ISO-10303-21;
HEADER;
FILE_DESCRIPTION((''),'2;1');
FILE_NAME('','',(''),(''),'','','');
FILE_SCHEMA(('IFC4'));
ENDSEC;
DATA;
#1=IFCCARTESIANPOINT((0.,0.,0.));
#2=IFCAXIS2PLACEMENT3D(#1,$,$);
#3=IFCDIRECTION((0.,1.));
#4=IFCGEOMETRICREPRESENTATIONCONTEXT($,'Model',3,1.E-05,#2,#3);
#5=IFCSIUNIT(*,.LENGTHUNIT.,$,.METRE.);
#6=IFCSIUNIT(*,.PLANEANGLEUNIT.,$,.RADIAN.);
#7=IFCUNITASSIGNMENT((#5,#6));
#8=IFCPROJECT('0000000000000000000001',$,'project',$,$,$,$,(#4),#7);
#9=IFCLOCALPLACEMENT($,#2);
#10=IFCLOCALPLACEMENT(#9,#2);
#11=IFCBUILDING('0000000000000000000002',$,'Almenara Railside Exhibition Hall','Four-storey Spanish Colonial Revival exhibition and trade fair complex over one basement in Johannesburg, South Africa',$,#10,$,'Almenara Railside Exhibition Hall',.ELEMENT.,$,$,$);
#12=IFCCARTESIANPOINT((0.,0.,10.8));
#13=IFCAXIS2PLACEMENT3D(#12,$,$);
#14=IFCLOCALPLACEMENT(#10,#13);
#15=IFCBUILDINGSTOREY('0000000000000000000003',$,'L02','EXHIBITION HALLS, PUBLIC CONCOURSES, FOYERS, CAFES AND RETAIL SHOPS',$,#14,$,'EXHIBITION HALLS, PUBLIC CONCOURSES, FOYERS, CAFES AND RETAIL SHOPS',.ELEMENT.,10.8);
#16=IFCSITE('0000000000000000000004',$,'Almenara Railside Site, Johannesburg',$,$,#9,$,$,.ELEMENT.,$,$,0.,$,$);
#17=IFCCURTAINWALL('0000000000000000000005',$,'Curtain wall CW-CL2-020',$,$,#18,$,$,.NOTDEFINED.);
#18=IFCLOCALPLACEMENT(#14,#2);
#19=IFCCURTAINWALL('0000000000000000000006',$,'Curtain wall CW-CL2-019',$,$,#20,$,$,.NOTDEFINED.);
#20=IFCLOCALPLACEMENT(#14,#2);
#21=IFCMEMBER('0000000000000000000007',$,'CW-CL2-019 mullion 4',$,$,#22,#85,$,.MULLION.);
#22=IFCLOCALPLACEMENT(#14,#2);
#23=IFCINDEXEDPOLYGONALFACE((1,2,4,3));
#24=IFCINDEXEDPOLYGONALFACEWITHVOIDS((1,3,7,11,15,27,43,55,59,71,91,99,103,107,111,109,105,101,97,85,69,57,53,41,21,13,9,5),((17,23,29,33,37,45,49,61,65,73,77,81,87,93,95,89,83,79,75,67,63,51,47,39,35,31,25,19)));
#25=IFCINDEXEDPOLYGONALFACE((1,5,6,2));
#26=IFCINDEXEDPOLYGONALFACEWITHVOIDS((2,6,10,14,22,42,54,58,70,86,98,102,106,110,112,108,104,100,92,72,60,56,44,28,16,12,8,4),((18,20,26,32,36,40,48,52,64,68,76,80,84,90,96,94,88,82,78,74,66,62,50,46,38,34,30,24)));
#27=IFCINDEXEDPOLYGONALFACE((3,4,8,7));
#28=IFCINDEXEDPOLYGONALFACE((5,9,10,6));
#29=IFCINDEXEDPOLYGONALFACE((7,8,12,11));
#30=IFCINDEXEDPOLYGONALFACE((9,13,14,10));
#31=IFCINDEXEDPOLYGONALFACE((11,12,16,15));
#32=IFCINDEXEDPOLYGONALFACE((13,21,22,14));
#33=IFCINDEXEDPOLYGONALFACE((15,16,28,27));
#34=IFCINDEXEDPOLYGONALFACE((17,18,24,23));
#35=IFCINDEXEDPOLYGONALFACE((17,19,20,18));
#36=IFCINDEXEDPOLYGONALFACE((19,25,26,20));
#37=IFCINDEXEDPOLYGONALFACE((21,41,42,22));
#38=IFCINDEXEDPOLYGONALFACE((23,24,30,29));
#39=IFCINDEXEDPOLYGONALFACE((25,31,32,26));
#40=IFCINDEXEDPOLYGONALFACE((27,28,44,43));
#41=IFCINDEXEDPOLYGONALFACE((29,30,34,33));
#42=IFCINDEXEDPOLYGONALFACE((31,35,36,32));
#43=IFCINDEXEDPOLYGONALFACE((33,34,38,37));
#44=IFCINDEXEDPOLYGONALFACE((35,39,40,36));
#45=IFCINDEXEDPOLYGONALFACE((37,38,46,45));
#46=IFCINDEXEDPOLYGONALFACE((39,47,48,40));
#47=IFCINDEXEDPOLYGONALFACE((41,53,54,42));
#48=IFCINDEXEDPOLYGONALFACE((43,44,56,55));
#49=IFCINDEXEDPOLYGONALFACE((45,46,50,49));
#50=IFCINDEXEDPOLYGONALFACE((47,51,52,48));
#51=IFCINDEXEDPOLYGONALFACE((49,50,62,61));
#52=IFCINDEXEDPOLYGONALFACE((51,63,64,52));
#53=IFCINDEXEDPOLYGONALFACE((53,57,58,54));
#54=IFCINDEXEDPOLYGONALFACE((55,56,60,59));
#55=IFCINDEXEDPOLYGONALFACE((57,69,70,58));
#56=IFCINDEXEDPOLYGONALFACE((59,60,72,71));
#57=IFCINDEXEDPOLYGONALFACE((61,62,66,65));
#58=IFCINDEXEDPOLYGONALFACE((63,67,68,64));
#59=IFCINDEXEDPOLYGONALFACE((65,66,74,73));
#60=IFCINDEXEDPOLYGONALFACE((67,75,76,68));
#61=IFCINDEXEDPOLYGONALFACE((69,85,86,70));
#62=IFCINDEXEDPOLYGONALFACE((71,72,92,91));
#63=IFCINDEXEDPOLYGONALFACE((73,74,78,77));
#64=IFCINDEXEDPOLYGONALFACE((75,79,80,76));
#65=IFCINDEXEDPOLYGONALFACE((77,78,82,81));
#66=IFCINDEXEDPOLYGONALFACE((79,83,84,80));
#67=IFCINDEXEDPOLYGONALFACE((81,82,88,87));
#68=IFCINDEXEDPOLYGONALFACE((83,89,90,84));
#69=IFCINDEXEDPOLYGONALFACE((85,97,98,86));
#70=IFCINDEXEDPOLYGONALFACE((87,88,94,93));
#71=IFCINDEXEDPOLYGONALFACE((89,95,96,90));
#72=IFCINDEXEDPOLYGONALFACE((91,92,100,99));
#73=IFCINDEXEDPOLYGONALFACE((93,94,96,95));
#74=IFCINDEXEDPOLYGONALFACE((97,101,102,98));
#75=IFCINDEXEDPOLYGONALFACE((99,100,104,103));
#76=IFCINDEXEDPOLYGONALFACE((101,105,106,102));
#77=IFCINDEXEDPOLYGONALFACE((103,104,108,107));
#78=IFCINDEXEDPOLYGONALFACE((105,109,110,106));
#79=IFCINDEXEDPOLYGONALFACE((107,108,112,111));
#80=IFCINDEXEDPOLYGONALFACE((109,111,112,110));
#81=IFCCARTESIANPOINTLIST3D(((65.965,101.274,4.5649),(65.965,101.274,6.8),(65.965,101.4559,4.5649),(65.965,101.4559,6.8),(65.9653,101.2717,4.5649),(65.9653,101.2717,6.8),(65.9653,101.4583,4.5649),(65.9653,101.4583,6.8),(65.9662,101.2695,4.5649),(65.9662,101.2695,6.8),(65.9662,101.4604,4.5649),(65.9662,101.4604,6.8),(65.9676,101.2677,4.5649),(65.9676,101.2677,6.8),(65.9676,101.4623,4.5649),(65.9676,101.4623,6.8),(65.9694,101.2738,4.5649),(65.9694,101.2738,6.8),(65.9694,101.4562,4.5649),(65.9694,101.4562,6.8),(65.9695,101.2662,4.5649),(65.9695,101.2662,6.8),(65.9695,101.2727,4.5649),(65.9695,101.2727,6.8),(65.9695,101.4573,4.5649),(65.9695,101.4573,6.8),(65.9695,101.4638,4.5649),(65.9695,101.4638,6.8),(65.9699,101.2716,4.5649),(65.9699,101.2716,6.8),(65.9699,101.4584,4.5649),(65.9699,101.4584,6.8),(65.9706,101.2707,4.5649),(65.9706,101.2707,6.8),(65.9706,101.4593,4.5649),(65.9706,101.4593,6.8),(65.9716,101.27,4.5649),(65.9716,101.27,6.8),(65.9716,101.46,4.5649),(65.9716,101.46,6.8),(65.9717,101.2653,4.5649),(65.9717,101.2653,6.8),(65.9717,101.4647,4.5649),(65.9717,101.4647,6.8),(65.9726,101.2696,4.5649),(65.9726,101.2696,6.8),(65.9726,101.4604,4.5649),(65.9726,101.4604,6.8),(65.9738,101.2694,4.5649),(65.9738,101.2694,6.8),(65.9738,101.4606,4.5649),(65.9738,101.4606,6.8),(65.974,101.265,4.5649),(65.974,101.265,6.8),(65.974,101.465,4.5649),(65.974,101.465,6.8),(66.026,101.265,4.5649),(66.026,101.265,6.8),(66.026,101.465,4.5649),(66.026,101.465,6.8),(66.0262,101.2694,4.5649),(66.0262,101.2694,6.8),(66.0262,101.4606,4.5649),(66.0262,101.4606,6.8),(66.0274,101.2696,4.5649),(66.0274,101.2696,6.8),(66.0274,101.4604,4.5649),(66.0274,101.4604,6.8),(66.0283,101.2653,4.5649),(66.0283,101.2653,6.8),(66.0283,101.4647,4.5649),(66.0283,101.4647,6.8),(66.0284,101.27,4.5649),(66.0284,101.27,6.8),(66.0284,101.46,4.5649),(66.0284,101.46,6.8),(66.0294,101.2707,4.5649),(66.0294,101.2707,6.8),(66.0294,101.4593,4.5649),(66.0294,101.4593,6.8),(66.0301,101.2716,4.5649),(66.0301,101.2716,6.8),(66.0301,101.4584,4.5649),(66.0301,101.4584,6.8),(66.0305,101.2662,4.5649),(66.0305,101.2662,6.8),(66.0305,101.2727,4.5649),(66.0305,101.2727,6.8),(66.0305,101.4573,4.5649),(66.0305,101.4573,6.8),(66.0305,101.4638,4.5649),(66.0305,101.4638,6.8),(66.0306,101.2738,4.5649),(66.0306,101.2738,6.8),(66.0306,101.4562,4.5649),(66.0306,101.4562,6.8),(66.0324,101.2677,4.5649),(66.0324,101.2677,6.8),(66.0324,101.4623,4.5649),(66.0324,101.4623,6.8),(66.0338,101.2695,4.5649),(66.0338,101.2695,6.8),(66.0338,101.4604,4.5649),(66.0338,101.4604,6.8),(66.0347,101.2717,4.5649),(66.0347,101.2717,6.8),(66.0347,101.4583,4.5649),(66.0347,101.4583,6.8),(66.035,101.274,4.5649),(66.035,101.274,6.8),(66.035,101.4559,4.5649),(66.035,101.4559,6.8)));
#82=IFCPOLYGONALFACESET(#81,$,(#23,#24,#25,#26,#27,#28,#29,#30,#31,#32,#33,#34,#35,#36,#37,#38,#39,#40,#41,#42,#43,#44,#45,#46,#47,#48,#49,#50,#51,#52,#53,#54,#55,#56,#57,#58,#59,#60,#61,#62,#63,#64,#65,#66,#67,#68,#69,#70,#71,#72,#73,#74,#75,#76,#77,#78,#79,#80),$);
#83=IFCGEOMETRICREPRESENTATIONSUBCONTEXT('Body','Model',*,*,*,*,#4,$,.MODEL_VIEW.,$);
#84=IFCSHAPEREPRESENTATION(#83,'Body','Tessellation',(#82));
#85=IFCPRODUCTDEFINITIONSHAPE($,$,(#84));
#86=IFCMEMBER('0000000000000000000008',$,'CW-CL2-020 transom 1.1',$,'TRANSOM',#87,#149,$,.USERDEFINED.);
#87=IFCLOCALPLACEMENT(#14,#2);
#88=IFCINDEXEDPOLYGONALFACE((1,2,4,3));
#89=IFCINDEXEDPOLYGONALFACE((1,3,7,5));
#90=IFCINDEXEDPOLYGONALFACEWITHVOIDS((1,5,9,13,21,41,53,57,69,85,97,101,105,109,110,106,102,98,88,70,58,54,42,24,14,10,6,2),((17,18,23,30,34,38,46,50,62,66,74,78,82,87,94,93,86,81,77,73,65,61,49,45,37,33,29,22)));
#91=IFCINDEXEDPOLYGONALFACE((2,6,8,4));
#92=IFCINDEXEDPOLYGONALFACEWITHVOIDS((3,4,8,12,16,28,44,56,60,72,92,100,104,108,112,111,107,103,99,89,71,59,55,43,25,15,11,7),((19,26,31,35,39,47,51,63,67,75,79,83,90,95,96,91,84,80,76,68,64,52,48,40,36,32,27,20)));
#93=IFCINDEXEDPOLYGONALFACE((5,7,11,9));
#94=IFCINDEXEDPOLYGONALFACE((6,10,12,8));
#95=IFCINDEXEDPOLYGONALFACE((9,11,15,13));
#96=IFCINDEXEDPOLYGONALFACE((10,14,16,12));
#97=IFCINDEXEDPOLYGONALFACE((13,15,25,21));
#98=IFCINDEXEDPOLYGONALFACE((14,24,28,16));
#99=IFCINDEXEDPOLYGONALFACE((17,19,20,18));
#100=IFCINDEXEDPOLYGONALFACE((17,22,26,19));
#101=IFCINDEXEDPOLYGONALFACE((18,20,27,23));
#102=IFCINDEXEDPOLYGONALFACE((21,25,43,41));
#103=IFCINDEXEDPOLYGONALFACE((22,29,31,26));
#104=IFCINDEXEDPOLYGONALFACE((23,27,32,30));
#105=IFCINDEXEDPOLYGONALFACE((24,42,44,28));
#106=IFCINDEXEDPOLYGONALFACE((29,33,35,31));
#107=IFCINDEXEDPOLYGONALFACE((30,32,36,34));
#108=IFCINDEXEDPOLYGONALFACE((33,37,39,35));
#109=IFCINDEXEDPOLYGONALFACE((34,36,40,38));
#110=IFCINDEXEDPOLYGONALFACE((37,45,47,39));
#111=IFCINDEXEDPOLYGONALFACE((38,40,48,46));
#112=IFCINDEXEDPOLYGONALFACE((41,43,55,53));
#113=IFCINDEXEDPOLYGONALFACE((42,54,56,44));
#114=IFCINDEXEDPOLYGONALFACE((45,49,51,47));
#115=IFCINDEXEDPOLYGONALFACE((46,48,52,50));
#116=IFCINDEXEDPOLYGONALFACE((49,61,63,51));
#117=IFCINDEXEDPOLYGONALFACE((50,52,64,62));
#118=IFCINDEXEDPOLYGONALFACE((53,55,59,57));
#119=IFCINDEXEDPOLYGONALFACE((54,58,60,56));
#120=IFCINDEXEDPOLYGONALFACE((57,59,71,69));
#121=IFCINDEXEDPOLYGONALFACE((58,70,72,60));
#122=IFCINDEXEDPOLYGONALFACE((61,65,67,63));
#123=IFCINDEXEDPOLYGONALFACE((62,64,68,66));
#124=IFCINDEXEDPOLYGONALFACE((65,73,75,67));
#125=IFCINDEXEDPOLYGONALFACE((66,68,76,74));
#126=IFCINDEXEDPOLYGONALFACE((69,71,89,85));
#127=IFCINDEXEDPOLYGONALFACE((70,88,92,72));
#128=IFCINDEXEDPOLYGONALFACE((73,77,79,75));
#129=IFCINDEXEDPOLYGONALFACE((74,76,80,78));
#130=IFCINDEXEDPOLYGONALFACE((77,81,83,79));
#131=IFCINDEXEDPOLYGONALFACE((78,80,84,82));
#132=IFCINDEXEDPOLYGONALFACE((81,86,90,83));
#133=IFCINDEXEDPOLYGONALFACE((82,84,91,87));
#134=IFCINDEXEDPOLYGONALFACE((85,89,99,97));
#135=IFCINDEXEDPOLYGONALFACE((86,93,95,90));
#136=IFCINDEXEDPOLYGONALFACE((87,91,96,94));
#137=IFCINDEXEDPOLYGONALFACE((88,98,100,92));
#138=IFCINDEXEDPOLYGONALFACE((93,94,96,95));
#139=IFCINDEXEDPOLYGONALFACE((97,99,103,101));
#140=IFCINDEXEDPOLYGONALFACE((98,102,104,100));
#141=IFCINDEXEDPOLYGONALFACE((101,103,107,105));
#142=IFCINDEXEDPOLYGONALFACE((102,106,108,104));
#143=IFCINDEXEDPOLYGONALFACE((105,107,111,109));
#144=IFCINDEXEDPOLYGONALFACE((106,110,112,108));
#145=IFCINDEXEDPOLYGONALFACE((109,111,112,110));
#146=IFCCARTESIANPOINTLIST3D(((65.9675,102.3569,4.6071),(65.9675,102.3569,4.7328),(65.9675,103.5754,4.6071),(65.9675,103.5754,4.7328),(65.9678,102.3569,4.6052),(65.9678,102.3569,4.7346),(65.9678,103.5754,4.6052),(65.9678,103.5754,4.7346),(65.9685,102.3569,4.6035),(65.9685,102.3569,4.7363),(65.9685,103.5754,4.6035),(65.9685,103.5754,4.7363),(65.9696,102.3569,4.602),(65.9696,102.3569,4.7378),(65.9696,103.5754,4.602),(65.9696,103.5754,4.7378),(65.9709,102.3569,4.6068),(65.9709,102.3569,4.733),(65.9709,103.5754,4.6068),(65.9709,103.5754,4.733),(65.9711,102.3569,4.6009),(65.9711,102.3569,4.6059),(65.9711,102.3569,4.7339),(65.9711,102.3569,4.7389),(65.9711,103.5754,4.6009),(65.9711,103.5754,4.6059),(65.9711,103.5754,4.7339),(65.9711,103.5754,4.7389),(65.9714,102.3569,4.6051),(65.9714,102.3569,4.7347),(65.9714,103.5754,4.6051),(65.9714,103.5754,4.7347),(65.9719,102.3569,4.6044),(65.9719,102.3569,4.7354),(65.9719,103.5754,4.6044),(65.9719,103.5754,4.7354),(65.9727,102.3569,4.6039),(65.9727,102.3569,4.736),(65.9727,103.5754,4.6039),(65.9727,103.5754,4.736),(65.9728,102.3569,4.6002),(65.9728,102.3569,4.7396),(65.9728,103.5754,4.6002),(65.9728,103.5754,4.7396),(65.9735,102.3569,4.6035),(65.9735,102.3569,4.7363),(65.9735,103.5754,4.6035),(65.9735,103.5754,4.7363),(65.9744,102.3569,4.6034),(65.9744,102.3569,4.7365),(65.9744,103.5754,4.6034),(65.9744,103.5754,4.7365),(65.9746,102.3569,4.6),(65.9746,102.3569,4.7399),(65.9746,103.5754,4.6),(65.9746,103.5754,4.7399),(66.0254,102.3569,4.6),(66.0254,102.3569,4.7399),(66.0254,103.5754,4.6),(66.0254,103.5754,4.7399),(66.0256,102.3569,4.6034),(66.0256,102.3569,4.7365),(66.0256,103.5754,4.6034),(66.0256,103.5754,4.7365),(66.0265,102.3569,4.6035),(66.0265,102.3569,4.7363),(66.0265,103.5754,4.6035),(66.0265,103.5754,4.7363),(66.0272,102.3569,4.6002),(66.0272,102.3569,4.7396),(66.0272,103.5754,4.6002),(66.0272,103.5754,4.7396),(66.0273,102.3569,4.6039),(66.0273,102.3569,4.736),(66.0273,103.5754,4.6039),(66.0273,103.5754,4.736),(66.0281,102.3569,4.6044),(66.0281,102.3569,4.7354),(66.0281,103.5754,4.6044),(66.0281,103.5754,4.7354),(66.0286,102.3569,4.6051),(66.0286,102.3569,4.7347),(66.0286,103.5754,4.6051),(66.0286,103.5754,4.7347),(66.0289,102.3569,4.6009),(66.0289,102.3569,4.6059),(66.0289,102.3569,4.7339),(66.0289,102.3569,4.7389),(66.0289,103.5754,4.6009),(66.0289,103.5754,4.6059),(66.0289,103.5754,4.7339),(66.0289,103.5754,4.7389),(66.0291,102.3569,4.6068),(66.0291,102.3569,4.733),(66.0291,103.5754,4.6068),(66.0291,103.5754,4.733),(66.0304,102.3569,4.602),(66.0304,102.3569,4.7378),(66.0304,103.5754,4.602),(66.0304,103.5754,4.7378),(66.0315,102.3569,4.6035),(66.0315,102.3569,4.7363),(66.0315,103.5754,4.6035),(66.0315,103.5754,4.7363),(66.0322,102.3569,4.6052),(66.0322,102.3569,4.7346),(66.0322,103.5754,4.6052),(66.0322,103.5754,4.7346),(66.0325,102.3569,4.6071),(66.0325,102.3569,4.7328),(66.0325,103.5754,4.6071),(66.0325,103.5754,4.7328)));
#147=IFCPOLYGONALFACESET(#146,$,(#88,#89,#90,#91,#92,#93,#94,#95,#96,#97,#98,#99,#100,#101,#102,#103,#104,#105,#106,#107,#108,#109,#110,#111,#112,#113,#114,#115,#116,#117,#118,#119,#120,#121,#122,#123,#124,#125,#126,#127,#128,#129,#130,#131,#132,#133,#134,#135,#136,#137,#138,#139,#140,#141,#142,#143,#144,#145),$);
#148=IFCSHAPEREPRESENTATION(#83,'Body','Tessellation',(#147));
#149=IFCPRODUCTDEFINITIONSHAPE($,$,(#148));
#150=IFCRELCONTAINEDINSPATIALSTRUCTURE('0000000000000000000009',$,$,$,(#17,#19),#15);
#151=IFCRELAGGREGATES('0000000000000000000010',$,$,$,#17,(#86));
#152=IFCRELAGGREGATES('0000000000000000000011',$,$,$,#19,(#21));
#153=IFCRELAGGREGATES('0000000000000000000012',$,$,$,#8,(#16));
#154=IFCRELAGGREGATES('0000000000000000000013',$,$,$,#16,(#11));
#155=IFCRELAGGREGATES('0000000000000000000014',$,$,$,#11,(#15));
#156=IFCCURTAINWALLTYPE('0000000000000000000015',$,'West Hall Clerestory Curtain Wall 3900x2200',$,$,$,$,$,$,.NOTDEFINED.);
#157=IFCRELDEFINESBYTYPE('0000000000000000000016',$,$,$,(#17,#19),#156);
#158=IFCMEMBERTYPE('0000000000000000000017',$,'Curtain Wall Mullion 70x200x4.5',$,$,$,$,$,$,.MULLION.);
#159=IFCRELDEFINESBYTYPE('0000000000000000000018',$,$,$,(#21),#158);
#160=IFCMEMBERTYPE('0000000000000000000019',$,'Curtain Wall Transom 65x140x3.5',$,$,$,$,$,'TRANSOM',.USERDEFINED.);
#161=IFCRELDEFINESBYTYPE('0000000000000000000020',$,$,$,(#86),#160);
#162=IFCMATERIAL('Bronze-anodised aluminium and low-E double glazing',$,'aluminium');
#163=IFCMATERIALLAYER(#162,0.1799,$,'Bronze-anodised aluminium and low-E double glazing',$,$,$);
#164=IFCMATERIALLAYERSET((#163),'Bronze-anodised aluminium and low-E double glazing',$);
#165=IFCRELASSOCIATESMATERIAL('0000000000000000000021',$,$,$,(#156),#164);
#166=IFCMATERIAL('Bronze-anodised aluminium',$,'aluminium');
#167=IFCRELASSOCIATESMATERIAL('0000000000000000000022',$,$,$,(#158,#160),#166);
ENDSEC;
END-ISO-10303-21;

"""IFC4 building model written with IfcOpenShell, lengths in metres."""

from ifc_helpers import new_model, si_unit, direction, frame, origin, origin_2d, place, context, subcontext, project, spatial, hollow_rectangle, extrude, material, layer, layer_set, material_profile, profile_set, type_object, element, aggregate, save


model = new_model("IFC4")

# Units and contexts
model_context = context("Model", 3, precision=1e-05, world=origin(), true_north=direction((0.0, 1.0)))
body_context = subcontext(model_context, "Body", "Model", "MODEL_VIEW")
ifc_project = project(units=[si_unit("LENGTHUNIT", "METRE"), si_unit("PLANEANGLEUNIT", "RADIAN")], contexts=[model_context])

# Site, building, storey
site_placement = place(None, origin())
site = spatial("IfcSite", under=ifc_project, at=site_placement, Name="Almenara Railside Site, Johannesburg", CompositionType="ELEMENT", RefElevation=0.0)
building_placement = place(site_placement, origin())
building = spatial("IfcBuilding", under=site, at=building_placement, Name="Almenara Railside Exhibition Hall", Description="Four-storey Spanish Colonial Revival exhibition and trade fair complex over one basement in Johannesburg, South Africa", LongName="Almenara Railside Exhibition Hall", CompositionType="ELEMENT")
storey_placement = place(building_placement, frame((0.0, 0.0, 10.8)))
storey = spatial("IfcBuildingStorey", under=building, at=storey_placement, Name="L02", Description="EXHIBITION HALLS, PUBLIC CONCOURSES, FOYERS, CAFES AND RETAIL SHOPS", LongName="EXHIBITION HALLS, PUBLIC CONCOURSES, FOYERS, CAFES AND RETAIL SHOPS", CompositionType="ELEMENT", Elevation=10.8)

# Curtain walls, member
ifc_material_1 = material(Name="Bronze-anodised aluminium and low-E double glazing", Category="aluminium")
ifc_layer_1 = layer(ifc_material_1, 0.1799, Name="Bronze-anodised aluminium and low-E double glazing")
ifc_layer_set_1 = layer_set([ifc_layer_1], Name="Bronze-anodised aluminium and low-E double glazing")
curtain_wall_type = type_object("IfcCurtainWallType", Name="West Hall Clerestory Curtain Wall 3900x2200", PredefinedType="NOTDEFINED", material=ifc_layer_set_1)
curtain_wall_1_placement = place(storey_placement, origin())
curtain_wall_1 = element("IfcCurtainWall", 1, at=curtain_wall_1_placement, inside=storey, type_object=curtain_wall_type, Name="Curtain wall CW-CL2-020", PredefinedType="NOTDEFINED")
ifc_material_2 = material(Name="Bronze-anodised aluminium", Category="aluminium")
curtain_wall_2_placement = place(storey_placement, origin())
curtain_wall_2 = element("IfcCurtainWall", 2, at=curtain_wall_2_placement, inside=storey, type_object=curtain_wall_type, Name="Curtain wall CW-CL2-019", PredefinedType="NOTDEFINED")
ifc_material_profile_1 = material_profile(ifc_material_2, hollow_rectangle(XDim=0.0701, YDim=0.2, WallThickness=0.0044, InnerFilletRadius=0.0044, OuterFilletRadius=0.009, at=origin_2d()), Name="ALU-MUL 70x200x4.5")
ifc_profile_set_1 = profile_set([ifc_material_profile_1], Name="Bronze-anodised aluminium")
member_type_1 = type_object("IfcMemberType", Name="Curtain Wall Mullion 70x200x4.5", PredefinedType="MULLION", material=ifc_profile_set_1)
member_1_placement = place(storey_placement, frame((66.0, 101.365, 4.5649), z_axis=(0.0, 0.0, 1.0), x_axis=(-1.0, 0.0, 0.0)))
member_1 = element("IfcMember", 3, at=member_1_placement, type_object=member_type_1, Name="CW-CL2-019 mullion 4", PredefinedType="MULLION", context=body_context, shape_type="SweptSolid", body=[
    extrude(hollow_rectangle(XDim=0.0701, YDim=0.2, WallThickness=0.0044, InnerFilletRadius=0.0044, OuterFilletRadius=0.009, at=origin_2d()), origin(), (0.0, 0.0, 1.0), 2.2351),
])

# Member
ifc_material_profile_2 = material_profile(ifc_material_2, hollow_rectangle(XDim=0.0649, YDim=0.1399, WallThickness=0.0034, InnerFilletRadius=0.0034, OuterFilletRadius=0.0071, at=origin_2d()), Name="ALU-TRN 65x140x3.5")
ifc_profile_set_2 = profile_set([ifc_material_profile_2], Name="Bronze-anodised aluminium")
member_type_2 = type_object("IfcMemberType", Name="Curtain Wall Transom 65x140x3.5", ElementType="TRANSOM", PredefinedType="USERDEFINED", material=ifc_profile_set_2)
member_2_placement = place(storey_placement, frame((66.0, 102.3569, 4.6699), z_axis=(0.0, 1.0, 0.0), x_axis=(-1.0, 0.0, 0.0)))
member_2 = element("IfcMember", 4, at=member_2_placement, type_object=member_type_2, Name="CW-CL2-020 transom 1.1", ObjectType="TRANSOM", PredefinedType="USERDEFINED", context=body_context, shape_type="SweptSolid", body=[
    extrude(hollow_rectangle(XDim=0.0649, YDim=0.1399, WallThickness=0.0034, InnerFilletRadius=0.0034, OuterFilletRadius=0.0071, at=origin_2d()), origin(), (0.0, 0.0, 1.0), 1.2185),
])

aggregate(curtain_wall_1, [member_2])
aggregate(curtain_wall_2, [member_1])

save(model, "model.ifc")
